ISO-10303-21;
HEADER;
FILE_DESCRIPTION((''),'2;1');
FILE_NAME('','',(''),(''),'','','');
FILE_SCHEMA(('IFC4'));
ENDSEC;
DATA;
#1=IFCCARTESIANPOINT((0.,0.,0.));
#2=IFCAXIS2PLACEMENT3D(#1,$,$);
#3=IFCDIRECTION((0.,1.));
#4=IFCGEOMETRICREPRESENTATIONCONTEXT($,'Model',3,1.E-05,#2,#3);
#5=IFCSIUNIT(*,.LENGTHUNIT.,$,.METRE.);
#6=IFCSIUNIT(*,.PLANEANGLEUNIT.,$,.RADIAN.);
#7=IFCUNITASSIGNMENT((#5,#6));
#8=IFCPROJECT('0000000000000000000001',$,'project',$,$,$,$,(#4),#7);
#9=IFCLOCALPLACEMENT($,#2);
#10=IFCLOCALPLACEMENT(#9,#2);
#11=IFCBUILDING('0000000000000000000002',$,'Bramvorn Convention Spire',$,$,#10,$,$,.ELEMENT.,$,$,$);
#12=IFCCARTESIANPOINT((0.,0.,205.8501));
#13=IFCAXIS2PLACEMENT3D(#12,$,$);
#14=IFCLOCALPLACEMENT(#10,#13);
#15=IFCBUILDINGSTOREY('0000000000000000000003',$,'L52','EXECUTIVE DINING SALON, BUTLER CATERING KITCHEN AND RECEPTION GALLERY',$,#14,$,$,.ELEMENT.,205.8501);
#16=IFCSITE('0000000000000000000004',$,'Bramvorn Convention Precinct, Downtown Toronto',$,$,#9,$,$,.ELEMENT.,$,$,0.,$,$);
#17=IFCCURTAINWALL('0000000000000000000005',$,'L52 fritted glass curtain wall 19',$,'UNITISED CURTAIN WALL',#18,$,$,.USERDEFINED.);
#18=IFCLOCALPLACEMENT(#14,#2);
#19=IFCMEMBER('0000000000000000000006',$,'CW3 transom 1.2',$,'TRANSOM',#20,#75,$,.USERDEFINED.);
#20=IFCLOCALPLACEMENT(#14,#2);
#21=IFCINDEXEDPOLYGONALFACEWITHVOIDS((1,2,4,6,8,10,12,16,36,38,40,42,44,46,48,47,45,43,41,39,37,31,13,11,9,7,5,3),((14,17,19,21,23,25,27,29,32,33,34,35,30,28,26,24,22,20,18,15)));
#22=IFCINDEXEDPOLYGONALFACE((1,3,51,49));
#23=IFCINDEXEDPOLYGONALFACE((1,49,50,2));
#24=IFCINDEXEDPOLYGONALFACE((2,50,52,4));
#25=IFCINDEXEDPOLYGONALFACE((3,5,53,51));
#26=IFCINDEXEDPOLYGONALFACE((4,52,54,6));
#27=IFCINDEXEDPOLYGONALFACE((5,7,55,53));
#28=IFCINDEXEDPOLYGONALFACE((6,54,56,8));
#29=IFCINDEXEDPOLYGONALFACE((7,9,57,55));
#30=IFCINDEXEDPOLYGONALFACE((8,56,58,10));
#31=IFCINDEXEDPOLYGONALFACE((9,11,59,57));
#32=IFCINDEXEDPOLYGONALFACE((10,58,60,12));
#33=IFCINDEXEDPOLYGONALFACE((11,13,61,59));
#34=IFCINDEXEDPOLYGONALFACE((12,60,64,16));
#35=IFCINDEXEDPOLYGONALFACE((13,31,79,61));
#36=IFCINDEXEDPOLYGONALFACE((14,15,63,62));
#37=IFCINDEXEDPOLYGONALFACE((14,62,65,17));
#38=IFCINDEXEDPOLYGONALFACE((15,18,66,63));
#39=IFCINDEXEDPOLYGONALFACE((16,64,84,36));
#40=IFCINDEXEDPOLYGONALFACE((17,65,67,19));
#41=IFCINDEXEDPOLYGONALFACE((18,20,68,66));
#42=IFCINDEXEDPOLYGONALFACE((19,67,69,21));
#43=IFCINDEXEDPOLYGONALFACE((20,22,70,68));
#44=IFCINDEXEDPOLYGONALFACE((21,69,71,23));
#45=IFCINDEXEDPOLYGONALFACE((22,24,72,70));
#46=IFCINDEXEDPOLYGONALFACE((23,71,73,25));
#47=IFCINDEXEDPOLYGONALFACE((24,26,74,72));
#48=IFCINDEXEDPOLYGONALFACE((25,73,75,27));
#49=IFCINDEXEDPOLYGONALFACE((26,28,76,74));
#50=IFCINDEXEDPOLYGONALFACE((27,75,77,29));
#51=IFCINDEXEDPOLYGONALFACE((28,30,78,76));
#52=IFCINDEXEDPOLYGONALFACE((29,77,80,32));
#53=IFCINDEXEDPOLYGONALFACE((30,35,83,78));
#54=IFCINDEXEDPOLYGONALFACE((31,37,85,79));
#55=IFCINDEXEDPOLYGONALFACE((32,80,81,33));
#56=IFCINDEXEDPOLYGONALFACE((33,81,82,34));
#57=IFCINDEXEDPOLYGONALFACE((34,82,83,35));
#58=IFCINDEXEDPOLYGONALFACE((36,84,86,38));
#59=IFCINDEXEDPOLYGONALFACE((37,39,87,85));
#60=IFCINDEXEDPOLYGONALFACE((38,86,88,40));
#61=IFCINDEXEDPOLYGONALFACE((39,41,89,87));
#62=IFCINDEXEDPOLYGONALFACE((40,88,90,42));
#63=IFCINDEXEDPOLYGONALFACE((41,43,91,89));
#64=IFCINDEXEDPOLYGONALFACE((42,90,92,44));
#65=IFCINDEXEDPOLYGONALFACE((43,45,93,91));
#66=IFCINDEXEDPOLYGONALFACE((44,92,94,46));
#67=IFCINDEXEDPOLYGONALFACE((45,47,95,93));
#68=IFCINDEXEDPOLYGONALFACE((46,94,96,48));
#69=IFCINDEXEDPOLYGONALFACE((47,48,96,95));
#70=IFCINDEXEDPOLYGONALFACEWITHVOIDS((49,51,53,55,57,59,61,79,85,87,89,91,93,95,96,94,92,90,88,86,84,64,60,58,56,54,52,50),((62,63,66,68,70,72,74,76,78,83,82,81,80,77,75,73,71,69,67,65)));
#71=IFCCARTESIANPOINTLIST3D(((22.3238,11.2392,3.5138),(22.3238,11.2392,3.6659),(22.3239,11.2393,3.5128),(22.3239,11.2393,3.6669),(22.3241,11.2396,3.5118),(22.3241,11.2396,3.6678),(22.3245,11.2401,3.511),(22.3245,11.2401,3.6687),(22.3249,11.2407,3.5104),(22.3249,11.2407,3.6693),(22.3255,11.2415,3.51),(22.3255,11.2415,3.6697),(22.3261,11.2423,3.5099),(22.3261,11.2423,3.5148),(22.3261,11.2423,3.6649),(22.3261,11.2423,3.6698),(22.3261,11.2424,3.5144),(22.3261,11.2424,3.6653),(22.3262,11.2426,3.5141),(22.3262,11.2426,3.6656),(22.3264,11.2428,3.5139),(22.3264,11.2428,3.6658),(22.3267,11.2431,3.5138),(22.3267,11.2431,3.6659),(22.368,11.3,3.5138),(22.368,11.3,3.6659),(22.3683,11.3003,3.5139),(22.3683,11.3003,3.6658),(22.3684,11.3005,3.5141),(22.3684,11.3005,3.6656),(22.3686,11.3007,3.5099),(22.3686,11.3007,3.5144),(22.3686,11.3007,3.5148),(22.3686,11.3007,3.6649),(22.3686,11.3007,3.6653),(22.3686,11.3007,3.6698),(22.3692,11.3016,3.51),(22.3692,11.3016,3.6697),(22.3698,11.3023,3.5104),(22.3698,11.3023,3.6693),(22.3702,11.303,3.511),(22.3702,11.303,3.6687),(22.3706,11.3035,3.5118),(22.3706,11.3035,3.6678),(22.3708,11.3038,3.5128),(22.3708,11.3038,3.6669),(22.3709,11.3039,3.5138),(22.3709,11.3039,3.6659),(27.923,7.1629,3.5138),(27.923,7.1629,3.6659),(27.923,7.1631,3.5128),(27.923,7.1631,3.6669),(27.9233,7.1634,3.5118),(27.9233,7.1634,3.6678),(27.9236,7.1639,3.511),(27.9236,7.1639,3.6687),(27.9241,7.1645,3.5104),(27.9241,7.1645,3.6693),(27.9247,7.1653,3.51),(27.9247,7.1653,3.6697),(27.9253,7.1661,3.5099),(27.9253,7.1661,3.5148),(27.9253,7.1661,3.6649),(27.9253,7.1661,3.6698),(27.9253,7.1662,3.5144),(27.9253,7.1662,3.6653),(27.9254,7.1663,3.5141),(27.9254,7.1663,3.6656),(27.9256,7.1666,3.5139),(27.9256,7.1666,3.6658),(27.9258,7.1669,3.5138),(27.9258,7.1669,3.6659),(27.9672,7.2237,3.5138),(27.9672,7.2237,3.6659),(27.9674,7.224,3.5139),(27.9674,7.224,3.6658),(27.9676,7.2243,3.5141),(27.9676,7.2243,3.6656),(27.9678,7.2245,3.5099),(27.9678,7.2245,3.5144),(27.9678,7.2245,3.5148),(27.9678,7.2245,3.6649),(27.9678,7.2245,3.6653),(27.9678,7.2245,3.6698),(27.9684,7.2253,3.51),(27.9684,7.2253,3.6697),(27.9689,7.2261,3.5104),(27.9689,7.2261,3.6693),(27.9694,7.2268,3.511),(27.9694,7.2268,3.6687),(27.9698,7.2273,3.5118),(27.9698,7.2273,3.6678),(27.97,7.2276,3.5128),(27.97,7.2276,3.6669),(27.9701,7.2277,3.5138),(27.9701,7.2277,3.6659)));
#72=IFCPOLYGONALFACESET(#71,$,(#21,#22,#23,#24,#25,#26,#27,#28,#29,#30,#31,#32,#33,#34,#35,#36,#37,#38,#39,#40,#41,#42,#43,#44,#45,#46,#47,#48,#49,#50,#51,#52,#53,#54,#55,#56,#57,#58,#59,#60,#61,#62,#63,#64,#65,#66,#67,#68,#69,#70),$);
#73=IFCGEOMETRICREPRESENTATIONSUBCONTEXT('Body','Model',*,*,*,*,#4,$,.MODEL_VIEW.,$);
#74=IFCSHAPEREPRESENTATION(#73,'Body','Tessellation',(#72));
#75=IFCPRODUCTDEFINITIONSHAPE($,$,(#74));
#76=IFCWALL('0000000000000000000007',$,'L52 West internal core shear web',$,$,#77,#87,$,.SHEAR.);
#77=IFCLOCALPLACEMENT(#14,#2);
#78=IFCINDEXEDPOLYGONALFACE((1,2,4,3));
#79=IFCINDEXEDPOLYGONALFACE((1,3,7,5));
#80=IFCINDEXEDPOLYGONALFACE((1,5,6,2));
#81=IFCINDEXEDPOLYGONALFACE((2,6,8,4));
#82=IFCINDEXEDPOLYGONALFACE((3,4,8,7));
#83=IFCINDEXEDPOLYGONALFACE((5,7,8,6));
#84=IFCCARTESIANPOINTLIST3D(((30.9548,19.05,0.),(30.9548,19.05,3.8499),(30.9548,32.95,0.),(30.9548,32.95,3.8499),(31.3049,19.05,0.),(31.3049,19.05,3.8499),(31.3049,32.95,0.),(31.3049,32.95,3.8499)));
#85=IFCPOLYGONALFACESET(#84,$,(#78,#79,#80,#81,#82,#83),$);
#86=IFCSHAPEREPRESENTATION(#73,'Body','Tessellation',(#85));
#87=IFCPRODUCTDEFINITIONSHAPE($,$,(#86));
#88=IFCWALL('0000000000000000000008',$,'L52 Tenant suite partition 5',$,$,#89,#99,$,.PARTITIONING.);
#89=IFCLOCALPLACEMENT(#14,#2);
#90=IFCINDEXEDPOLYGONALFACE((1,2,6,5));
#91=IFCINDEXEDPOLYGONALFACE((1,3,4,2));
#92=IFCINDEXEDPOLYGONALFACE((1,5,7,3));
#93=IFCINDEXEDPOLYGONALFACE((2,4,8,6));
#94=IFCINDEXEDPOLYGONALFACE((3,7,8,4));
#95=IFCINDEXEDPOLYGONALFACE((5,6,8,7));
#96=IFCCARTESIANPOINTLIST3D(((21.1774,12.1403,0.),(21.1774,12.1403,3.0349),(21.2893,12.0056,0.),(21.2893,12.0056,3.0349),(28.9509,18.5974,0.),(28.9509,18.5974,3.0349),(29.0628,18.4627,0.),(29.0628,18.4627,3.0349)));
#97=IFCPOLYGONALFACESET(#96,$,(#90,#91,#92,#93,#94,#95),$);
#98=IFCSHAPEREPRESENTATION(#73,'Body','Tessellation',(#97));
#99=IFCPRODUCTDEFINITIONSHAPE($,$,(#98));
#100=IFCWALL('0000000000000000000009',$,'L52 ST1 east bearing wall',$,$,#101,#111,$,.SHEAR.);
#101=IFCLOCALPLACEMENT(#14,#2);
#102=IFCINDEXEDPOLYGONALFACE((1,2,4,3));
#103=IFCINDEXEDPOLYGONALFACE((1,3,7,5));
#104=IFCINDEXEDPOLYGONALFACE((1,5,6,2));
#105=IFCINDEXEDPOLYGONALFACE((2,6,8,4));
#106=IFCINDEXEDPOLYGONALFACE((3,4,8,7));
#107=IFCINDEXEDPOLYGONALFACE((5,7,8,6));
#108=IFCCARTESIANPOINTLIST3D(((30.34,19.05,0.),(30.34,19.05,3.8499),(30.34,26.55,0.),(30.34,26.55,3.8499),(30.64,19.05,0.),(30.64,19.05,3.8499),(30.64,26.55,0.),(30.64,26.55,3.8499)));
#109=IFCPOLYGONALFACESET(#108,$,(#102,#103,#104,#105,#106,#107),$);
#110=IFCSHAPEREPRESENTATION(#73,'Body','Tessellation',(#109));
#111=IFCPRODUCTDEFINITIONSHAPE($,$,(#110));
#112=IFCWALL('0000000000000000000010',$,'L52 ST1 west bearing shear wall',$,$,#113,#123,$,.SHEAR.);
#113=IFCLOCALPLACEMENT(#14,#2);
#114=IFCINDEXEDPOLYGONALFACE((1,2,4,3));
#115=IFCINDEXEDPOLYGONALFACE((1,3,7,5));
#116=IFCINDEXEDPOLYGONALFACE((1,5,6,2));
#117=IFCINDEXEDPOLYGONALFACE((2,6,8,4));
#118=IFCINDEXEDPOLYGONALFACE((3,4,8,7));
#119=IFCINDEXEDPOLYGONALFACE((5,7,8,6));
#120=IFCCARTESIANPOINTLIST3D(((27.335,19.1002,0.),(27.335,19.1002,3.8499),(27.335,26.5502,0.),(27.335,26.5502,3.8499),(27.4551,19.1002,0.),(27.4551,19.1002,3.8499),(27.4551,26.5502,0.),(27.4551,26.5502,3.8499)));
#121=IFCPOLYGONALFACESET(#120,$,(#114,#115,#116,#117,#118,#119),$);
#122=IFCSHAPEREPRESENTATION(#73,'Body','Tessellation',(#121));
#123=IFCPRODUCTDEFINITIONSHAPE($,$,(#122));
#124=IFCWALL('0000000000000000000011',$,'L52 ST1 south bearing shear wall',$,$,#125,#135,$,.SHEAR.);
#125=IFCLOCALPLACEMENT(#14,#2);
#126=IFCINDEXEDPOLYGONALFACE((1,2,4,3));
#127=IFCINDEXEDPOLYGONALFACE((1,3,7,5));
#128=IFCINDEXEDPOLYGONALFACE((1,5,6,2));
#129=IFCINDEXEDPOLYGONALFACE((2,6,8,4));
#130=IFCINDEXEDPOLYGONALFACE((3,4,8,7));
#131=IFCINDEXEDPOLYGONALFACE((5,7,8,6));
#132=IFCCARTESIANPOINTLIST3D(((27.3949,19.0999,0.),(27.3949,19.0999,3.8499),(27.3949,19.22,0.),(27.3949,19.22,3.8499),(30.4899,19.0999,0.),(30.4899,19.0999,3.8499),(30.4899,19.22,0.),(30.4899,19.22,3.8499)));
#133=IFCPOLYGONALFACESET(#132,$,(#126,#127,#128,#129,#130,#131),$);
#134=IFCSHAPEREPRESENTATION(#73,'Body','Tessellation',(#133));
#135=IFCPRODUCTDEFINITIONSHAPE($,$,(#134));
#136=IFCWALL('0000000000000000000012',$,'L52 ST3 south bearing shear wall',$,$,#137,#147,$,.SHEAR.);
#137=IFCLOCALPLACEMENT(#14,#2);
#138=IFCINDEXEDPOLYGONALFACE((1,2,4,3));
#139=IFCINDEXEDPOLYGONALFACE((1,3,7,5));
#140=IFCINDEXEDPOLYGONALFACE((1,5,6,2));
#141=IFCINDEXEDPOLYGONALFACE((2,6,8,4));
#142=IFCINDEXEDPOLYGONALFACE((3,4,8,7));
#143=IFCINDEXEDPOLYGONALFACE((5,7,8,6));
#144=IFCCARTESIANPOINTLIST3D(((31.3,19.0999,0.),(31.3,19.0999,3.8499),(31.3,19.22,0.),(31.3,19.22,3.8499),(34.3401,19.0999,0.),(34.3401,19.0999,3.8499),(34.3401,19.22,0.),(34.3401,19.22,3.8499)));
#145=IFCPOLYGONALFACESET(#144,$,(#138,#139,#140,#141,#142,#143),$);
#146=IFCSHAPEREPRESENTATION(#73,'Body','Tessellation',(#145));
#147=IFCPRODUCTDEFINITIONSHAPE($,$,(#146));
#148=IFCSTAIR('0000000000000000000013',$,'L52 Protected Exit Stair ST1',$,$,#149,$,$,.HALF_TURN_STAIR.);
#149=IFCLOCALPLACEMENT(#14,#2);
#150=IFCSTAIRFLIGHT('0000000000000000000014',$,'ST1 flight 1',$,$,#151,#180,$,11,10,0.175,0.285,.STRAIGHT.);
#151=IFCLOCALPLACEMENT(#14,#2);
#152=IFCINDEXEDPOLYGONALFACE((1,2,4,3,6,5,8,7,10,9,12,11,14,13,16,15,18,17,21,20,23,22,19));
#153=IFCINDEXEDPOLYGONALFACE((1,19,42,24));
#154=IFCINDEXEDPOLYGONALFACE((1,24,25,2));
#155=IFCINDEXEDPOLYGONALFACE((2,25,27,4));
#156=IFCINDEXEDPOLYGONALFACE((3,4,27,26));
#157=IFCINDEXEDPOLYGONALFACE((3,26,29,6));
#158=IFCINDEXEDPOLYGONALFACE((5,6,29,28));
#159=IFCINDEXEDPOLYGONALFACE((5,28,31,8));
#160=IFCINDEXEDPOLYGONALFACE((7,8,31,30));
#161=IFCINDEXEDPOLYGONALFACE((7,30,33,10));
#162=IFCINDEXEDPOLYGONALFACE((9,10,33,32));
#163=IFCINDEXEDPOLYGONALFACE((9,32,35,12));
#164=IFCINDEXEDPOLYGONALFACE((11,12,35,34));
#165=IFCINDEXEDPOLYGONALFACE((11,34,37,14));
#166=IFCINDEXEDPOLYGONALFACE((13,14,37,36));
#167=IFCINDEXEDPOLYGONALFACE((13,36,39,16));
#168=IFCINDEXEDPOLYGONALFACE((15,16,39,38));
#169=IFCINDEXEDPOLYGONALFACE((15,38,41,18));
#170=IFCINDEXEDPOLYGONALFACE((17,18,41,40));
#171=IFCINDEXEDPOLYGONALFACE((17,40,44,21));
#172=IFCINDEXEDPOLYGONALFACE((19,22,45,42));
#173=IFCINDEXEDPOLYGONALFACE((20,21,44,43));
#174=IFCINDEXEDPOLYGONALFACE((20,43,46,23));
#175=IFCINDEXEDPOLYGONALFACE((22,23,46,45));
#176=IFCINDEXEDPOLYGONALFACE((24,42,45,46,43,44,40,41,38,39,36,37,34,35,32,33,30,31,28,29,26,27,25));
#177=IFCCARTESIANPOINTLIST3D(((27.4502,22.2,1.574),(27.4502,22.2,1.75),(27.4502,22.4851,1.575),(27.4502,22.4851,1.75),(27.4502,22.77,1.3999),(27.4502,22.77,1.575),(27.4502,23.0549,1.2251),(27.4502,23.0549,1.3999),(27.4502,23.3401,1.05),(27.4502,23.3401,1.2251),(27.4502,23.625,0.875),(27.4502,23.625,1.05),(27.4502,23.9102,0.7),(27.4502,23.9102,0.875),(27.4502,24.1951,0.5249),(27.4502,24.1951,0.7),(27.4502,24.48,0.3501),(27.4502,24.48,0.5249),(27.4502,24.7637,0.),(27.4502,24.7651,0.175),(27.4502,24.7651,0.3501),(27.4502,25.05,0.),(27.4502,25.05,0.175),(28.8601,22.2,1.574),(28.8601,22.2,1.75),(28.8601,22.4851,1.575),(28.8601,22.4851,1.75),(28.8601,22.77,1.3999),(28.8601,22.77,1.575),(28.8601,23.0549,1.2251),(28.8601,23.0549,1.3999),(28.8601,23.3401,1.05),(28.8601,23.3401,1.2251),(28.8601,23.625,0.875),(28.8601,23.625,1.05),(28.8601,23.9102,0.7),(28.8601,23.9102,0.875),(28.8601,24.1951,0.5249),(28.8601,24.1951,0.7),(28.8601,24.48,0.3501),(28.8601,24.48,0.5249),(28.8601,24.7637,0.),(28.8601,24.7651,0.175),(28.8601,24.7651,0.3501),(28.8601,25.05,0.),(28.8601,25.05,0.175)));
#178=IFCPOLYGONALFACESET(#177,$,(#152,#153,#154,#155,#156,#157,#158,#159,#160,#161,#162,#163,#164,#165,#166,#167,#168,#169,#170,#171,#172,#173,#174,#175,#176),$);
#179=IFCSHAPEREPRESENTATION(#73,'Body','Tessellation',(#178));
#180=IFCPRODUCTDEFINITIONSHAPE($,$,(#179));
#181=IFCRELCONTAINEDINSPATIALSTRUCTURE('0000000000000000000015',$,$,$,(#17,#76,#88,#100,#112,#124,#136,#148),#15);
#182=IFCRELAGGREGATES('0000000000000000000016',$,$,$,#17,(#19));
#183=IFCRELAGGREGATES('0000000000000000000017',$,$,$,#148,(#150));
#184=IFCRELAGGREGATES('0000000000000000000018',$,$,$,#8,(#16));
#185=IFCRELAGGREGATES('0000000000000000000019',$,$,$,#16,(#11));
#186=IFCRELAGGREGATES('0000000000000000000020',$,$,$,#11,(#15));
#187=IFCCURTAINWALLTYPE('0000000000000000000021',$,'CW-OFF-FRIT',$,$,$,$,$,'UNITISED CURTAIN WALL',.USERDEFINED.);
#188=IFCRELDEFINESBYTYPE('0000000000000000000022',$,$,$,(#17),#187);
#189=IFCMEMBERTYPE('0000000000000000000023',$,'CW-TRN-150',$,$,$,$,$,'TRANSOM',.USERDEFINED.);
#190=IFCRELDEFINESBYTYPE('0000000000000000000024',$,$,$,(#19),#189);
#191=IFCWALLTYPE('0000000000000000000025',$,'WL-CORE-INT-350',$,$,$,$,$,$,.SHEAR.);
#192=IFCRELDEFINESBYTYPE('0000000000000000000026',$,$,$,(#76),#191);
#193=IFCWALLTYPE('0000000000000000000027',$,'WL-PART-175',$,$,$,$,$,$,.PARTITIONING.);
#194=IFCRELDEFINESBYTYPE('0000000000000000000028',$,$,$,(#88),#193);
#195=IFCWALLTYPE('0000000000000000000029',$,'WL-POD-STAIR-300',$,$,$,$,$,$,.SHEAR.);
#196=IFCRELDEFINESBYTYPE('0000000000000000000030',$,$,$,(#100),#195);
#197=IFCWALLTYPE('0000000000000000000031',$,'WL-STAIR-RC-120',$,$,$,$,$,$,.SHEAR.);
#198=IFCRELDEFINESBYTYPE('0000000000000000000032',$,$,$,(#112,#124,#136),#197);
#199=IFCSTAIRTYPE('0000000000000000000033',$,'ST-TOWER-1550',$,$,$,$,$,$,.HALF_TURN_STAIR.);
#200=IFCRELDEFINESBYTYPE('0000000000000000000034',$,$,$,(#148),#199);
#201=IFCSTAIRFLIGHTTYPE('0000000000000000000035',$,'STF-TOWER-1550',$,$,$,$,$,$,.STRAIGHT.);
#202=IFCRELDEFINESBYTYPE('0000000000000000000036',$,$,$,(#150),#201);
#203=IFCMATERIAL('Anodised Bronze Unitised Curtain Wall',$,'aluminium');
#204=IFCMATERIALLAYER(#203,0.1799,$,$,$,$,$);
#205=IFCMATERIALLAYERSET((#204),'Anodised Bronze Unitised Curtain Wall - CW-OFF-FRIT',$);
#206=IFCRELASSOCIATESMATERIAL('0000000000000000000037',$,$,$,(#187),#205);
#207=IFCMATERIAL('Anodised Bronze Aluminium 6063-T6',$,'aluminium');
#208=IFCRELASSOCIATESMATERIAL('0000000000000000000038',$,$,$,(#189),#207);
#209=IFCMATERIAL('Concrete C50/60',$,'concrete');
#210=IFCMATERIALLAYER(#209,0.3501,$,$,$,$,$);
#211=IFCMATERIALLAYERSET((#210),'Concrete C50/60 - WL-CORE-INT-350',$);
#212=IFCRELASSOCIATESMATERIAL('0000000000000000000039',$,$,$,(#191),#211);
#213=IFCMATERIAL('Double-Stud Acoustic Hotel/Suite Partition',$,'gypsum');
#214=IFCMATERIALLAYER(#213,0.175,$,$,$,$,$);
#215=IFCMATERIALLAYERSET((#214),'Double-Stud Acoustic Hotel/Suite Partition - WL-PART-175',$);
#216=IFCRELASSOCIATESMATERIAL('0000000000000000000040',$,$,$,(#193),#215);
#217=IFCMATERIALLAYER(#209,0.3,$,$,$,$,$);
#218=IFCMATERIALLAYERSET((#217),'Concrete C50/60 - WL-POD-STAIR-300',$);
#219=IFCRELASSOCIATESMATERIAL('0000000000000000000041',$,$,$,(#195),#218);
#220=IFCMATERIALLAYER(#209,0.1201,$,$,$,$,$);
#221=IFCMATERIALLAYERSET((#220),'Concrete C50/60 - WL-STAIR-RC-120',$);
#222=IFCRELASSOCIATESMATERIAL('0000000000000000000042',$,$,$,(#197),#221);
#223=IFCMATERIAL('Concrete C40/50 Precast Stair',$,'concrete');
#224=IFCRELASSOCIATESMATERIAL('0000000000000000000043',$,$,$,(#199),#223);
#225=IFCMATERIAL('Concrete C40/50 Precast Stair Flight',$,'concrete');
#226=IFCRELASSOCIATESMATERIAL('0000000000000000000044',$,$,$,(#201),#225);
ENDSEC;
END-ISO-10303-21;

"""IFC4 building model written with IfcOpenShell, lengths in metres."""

from ifc_helpers import new_model, si_unit, direction, frame, frame_2d, origin, origin_2d, place, context, subcontext, project, spatial, polyline, rectangle, hollow_rectangle, outline, extrude, material, layer, layer_set, material_profile, profile_set, type_object, element, aggregate, save


model = new_model("IFC4")

# Units and contexts
model_context = context("Model", 3, precision=1e-05, world=origin(), true_north=direction((0.0, 1.0)))
body_context = subcontext(model_context, "Body", "Model", "MODEL_VIEW")
ifc_project = project(units=[si_unit("LENGTHUNIT", "METRE"), si_unit("PLANEANGLEUNIT", "RADIAN")], contexts=[model_context])

# Site, building, storey
site_placement = place(None, origin())
site = spatial("IfcSite", under=ifc_project, at=site_placement, Name="Bramvorn Convention Precinct, Downtown Toronto", CompositionType="ELEMENT", RefElevation=0.0)
building_placement = place(site_placement, origin())
building = spatial("IfcBuilding", under=site, at=building_placement, Name="Bramvorn Convention Spire", CompositionType="ELEMENT")
storey_placement = place(building_placement, frame((0.0, 0.0, 205.8501)))
storey = spatial("IfcBuildingStorey", under=building, at=storey_placement, Name="L52", Description="EXECUTIVE DINING SALON, BUTLER CATERING KITCHEN AND RECEPTION GALLERY", CompositionType="ELEMENT", Elevation=205.8501)

# Curtain wall, member
ifc_material_1 = material(Name="Anodised Bronze Unitised Curtain Wall", Category="aluminium")
ifc_layer_1 = layer(ifc_material_1, 0.1799)
ifc_layer_set_1 = layer_set([ifc_layer_1], Name="Anodised Bronze Unitised Curtain Wall - CW-OFF-FRIT")
curtain_wall_type = type_object("IfcCurtainWallType", Name="CW-OFF-FRIT", ElementType="UNITISED CURTAIN WALL", PredefinedType="USERDEFINED", material=ifc_layer_set_1)
curtain_wall_placement = place(storey_placement, origin())
curtain_wall = element("IfcCurtainWall", 1, at=curtain_wall_placement, inside=storey, type_object=curtain_wall_type, Name="L52 fritted glass curtain wall 19", ObjectType="UNITISED CURTAIN WALL", PredefinedType="USERDEFINED")
ifc_material_2 = material(Name="Anodised Bronze Aluminium 6063-T6", Category="aluminium")
ifc_material_profile_1 = material_profile(ifc_material_2, hollow_rectangle(XDim=0.0801, YDim=0.1599, WallThickness=0.0039, InnerFilletRadius=0.001, OuterFilletRadius=0.0039, at=origin_2d()))
ifc_profile_set_1 = profile_set([ifc_material_profile_1], Name="Anodised Bronze Aluminium 6063-T6 - CWT80X160")
member_type_1 = type_object("IfcMemberType", Name="CW-TRN-150", ElementType="TRANSOM", PredefinedType="USERDEFINED", material=ifc_profile_set_1)
member_1_placement = place(storey_placement, frame((27.9465, 7.1953, 3.5898), z_axis=(-0.808456, 0.588557, 0.0), x_axis=(-0.588557, -0.808456, 0.0)))
member_1 = element("IfcMember", 2, at=member_1_placement, type_object=member_type_1, Name="CW3 transom 1.2", ObjectType="TRANSOM", PredefinedType="USERDEFINED", context=body_context, shape_type="SweptSolid", body=[
    extrude(hollow_rectangle(XDim=0.0801, YDim=0.1599, WallThickness=0.0039, InnerFilletRadius=0.001, OuterFilletRadius=0.0039, at=origin_2d()), origin(), (0.0, 0.0, 1.0), 6.9258),
])
aggregate(curtain_wall, [member_1])

# Walls
ifc_material_3 = material(Name="Concrete C50/60", Category="concrete")
ifc_layer_2 = layer(ifc_material_3, 0.3501)
ifc_layer_set_2 = layer_set([ifc_layer_2], Name="Concrete C50/60 - WL-CORE-INT-350")
wall_type_1 = type_object("IfcWallType", Name="WL-CORE-INT-350", PredefinedType="SHEAR", material=ifc_layer_set_2)
wall_1_placement = place(storey_placement, frame((31.1299, 19.05, 0.0), z_axis=(0.0, 0.0, 1.0), x_axis=(0.0, 1.0, 0.0)))
element("IfcWall", 3, at=wall_1_placement, inside=storey, type_object=wall_type_1, Name="L52 West internal core shear web", PredefinedType="SHEAR", context=body_context, shape_type="SweptSolid", body=[
    extrude(rectangle(XDim=13.8999, YDim=0.3501, at=frame_2d((6.95, 0.0))), origin(), (0.0, 0.0, 1.0), 3.8499),
])
ifc_material_4 = material(Name="Double-Stud Acoustic Hotel/Suite Partition", Category="gypsum")
ifc_layer_3 = layer(ifc_material_4, 0.175)
ifc_layer_set_3 = layer_set([ifc_layer_3], Name="Double-Stud Acoustic Hotel/Suite Partition - WL-PART-175")
wall_type_2 = type_object("IfcWallType", Name="WL-PART-175", PredefinedType="PARTITIONING", material=ifc_layer_set_3)
wall_2_placement = place(storey_placement, frame((29.0068, 18.53, 0.0), z_axis=(0.0, 0.0, 1.0), x_axis=(-0.769234, -0.638967, 0.0)))
element("IfcWall", 4, at=wall_2_placement, inside=storey, type_object=wall_type_2, Name="L52 Tenant suite partition 5", PredefinedType="PARTITIONING", context=body_context, shape_type="SweptSolid", body=[
    extrude(rectangle(XDim=10.1055, YDim=0.175, at=frame_2d((5.0527, 0.0))), origin(), (0.0, 0.0, 1.0), 3.0349),
])
ifc_layer_4 = layer(ifc_material_3, 0.3)
ifc_layer_set_4 = layer_set([ifc_layer_4], Name="Concrete C50/60 - WL-POD-STAIR-300")
wall_type_3 = type_object("IfcWallType", Name="WL-POD-STAIR-300", PredefinedType="SHEAR", material=ifc_layer_set_4)
wall_3_placement = place(storey_placement, frame((30.49, 19.05, 0.0), z_axis=(0.0, 0.0, 1.0), x_axis=(0.0, 1.0, 0.0)))
element("IfcWall", 5, at=wall_3_placement, inside=storey, type_object=wall_type_3, Name="L52 ST1 east bearing wall", PredefinedType="SHEAR", context=body_context, shape_type="SweptSolid", body=[
    extrude(rectangle(XDim=7.5, YDim=0.3, at=frame_2d((3.75, 0.0))), origin(), (0.0, 0.0, 1.0), 3.8499),
])
ifc_layer_5 = layer(ifc_material_3, 0.1201)
ifc_layer_set_5 = layer_set([ifc_layer_5], Name="Concrete C50/60 - WL-STAIR-RC-120")
wall_type_4 = type_object("IfcWallType", Name="WL-STAIR-RC-120", PredefinedType="SHEAR", material=ifc_layer_set_5)
wall_4_placement = place(storey_placement, frame((27.395, 19.1001, 0.0), z_axis=(0.0, 0.0, 1.0), x_axis=(0.0, 1.0, 0.0)))
element("IfcWall", 6, at=wall_4_placement, inside=storey, type_object=wall_type_4, Name="L52 ST1 west bearing shear wall", PredefinedType="SHEAR", context=body_context, shape_type="SweptSolid", body=[
    extrude(rectangle(XDim=7.45, YDim=0.1201, at=frame_2d((3.7251, 0.0))), origin(), (0.0, 0.0, 1.0), 3.8499),
])
wall_5_placement = place(storey_placement, frame((27.395, 19.1599, 0.0), z_axis=(0.0, 0.0, 1.0), x_axis=(1.0, 0.0, 0.0)))
element("IfcWall", 7, at=wall_5_placement, inside=storey, type_object=wall_type_4, Name="L52 ST1 south bearing shear wall", PredefinedType="SHEAR", context=body_context, shape_type="SweptSolid", body=[
    extrude(rectangle(XDim=3.095, YDim=0.1201, at=frame_2d((1.5474, 0.0))), origin(), (0.0, 0.0, 1.0), 3.8499),
])
wall_6_placement = place(storey_placement, frame((31.3, 19.1599, 0.0), z_axis=(0.0, 0.0, 1.0), x_axis=(1.0, 0.0, 0.0)))
element("IfcWall", 8, at=wall_6_placement, inside=storey, type_object=wall_type_4, Name="L52 ST3 south bearing shear wall", PredefinedType="SHEAR", context=body_context, shape_type="SweptSolid", body=[
    extrude(rectangle(XDim=3.04, YDim=0.1201, at=frame_2d((1.52, 0.0))), origin(), (0.0, 0.0, 1.0), 3.8499),
])

# Stair, stair flight
ifc_material_5 = material(Name="Concrete C40/50 Precast Stair", Category="concrete")
stair_type = type_object("IfcStairType", Name="ST-TOWER-1550", PredefinedType="HALF_TURN_STAIR", material=ifc_material_5)
stair_1_placement = place(storey_placement, origin())
stair_1 = element("IfcStair", 9, at=stair_1_placement, inside=storey, type_object=stair_type, Name="L52 Protected Exit Stair ST1", PredefinedType="HALF_TURN_STAIR")
ifc_material_6 = material(Name="Concrete C40/50 Precast Stair Flight", Category="concrete")
stair_flight_type = type_object("IfcStairFlightType", Name="STF-TOWER-1550", PredefinedType="STRAIGHT", material=ifc_material_6)
stair_flight_1_placement = place(storey_placement, frame((28.155, 25.05, 0.0), z_axis=(0.0, 0.0, 1.0), x_axis=(0.0, -1.0, 0.0)))
stair_flight_1 = element("IfcStairFlight", 10, at=stair_flight_1_placement, type_object=stair_flight_type, Name="ST1 flight 1", NumberOfRisers=11, NumberOfTreads=10, PredefinedType="STRAIGHT", RiserHeight=0.175, TreadLength=0.285, context=body_context, shape_type="SweptSolid", body=[
    extrude(outline(polyline([(0.0, 0.0), (0.0, 0.175), (0.2849, 0.175), (0.2849, 0.3501), (0.5701, 0.3501), (0.5701, 0.5249), (0.855, 0.5249), (0.855, 0.7), (1.1399, 0.7), (1.1399, 0.875), (1.425, 0.875), (1.425, 1.05), (1.71, 1.05), (1.71, 1.2251), (1.9951, 1.2251), (1.9951, 1.3999), (2.28, 1.3999), (2.28, 1.575), (2.5649, 1.575), (2.5649, 1.75), (2.8501, 1.75), (2.8501, 1.925), (2.8501, 1.574), (0.2864, 0.0), (0.0, 0.0)])), frame((0.0, 0.7051, 0.0), z_axis=(0.0, -1.0, 0.0), x_axis=(1.0, 0.0, 0.0)), (0.0, 0.0, 1.0), 1.4099),
])
aggregate(stair_1, [stair_flight_1])

save(model, "model.ifc")
